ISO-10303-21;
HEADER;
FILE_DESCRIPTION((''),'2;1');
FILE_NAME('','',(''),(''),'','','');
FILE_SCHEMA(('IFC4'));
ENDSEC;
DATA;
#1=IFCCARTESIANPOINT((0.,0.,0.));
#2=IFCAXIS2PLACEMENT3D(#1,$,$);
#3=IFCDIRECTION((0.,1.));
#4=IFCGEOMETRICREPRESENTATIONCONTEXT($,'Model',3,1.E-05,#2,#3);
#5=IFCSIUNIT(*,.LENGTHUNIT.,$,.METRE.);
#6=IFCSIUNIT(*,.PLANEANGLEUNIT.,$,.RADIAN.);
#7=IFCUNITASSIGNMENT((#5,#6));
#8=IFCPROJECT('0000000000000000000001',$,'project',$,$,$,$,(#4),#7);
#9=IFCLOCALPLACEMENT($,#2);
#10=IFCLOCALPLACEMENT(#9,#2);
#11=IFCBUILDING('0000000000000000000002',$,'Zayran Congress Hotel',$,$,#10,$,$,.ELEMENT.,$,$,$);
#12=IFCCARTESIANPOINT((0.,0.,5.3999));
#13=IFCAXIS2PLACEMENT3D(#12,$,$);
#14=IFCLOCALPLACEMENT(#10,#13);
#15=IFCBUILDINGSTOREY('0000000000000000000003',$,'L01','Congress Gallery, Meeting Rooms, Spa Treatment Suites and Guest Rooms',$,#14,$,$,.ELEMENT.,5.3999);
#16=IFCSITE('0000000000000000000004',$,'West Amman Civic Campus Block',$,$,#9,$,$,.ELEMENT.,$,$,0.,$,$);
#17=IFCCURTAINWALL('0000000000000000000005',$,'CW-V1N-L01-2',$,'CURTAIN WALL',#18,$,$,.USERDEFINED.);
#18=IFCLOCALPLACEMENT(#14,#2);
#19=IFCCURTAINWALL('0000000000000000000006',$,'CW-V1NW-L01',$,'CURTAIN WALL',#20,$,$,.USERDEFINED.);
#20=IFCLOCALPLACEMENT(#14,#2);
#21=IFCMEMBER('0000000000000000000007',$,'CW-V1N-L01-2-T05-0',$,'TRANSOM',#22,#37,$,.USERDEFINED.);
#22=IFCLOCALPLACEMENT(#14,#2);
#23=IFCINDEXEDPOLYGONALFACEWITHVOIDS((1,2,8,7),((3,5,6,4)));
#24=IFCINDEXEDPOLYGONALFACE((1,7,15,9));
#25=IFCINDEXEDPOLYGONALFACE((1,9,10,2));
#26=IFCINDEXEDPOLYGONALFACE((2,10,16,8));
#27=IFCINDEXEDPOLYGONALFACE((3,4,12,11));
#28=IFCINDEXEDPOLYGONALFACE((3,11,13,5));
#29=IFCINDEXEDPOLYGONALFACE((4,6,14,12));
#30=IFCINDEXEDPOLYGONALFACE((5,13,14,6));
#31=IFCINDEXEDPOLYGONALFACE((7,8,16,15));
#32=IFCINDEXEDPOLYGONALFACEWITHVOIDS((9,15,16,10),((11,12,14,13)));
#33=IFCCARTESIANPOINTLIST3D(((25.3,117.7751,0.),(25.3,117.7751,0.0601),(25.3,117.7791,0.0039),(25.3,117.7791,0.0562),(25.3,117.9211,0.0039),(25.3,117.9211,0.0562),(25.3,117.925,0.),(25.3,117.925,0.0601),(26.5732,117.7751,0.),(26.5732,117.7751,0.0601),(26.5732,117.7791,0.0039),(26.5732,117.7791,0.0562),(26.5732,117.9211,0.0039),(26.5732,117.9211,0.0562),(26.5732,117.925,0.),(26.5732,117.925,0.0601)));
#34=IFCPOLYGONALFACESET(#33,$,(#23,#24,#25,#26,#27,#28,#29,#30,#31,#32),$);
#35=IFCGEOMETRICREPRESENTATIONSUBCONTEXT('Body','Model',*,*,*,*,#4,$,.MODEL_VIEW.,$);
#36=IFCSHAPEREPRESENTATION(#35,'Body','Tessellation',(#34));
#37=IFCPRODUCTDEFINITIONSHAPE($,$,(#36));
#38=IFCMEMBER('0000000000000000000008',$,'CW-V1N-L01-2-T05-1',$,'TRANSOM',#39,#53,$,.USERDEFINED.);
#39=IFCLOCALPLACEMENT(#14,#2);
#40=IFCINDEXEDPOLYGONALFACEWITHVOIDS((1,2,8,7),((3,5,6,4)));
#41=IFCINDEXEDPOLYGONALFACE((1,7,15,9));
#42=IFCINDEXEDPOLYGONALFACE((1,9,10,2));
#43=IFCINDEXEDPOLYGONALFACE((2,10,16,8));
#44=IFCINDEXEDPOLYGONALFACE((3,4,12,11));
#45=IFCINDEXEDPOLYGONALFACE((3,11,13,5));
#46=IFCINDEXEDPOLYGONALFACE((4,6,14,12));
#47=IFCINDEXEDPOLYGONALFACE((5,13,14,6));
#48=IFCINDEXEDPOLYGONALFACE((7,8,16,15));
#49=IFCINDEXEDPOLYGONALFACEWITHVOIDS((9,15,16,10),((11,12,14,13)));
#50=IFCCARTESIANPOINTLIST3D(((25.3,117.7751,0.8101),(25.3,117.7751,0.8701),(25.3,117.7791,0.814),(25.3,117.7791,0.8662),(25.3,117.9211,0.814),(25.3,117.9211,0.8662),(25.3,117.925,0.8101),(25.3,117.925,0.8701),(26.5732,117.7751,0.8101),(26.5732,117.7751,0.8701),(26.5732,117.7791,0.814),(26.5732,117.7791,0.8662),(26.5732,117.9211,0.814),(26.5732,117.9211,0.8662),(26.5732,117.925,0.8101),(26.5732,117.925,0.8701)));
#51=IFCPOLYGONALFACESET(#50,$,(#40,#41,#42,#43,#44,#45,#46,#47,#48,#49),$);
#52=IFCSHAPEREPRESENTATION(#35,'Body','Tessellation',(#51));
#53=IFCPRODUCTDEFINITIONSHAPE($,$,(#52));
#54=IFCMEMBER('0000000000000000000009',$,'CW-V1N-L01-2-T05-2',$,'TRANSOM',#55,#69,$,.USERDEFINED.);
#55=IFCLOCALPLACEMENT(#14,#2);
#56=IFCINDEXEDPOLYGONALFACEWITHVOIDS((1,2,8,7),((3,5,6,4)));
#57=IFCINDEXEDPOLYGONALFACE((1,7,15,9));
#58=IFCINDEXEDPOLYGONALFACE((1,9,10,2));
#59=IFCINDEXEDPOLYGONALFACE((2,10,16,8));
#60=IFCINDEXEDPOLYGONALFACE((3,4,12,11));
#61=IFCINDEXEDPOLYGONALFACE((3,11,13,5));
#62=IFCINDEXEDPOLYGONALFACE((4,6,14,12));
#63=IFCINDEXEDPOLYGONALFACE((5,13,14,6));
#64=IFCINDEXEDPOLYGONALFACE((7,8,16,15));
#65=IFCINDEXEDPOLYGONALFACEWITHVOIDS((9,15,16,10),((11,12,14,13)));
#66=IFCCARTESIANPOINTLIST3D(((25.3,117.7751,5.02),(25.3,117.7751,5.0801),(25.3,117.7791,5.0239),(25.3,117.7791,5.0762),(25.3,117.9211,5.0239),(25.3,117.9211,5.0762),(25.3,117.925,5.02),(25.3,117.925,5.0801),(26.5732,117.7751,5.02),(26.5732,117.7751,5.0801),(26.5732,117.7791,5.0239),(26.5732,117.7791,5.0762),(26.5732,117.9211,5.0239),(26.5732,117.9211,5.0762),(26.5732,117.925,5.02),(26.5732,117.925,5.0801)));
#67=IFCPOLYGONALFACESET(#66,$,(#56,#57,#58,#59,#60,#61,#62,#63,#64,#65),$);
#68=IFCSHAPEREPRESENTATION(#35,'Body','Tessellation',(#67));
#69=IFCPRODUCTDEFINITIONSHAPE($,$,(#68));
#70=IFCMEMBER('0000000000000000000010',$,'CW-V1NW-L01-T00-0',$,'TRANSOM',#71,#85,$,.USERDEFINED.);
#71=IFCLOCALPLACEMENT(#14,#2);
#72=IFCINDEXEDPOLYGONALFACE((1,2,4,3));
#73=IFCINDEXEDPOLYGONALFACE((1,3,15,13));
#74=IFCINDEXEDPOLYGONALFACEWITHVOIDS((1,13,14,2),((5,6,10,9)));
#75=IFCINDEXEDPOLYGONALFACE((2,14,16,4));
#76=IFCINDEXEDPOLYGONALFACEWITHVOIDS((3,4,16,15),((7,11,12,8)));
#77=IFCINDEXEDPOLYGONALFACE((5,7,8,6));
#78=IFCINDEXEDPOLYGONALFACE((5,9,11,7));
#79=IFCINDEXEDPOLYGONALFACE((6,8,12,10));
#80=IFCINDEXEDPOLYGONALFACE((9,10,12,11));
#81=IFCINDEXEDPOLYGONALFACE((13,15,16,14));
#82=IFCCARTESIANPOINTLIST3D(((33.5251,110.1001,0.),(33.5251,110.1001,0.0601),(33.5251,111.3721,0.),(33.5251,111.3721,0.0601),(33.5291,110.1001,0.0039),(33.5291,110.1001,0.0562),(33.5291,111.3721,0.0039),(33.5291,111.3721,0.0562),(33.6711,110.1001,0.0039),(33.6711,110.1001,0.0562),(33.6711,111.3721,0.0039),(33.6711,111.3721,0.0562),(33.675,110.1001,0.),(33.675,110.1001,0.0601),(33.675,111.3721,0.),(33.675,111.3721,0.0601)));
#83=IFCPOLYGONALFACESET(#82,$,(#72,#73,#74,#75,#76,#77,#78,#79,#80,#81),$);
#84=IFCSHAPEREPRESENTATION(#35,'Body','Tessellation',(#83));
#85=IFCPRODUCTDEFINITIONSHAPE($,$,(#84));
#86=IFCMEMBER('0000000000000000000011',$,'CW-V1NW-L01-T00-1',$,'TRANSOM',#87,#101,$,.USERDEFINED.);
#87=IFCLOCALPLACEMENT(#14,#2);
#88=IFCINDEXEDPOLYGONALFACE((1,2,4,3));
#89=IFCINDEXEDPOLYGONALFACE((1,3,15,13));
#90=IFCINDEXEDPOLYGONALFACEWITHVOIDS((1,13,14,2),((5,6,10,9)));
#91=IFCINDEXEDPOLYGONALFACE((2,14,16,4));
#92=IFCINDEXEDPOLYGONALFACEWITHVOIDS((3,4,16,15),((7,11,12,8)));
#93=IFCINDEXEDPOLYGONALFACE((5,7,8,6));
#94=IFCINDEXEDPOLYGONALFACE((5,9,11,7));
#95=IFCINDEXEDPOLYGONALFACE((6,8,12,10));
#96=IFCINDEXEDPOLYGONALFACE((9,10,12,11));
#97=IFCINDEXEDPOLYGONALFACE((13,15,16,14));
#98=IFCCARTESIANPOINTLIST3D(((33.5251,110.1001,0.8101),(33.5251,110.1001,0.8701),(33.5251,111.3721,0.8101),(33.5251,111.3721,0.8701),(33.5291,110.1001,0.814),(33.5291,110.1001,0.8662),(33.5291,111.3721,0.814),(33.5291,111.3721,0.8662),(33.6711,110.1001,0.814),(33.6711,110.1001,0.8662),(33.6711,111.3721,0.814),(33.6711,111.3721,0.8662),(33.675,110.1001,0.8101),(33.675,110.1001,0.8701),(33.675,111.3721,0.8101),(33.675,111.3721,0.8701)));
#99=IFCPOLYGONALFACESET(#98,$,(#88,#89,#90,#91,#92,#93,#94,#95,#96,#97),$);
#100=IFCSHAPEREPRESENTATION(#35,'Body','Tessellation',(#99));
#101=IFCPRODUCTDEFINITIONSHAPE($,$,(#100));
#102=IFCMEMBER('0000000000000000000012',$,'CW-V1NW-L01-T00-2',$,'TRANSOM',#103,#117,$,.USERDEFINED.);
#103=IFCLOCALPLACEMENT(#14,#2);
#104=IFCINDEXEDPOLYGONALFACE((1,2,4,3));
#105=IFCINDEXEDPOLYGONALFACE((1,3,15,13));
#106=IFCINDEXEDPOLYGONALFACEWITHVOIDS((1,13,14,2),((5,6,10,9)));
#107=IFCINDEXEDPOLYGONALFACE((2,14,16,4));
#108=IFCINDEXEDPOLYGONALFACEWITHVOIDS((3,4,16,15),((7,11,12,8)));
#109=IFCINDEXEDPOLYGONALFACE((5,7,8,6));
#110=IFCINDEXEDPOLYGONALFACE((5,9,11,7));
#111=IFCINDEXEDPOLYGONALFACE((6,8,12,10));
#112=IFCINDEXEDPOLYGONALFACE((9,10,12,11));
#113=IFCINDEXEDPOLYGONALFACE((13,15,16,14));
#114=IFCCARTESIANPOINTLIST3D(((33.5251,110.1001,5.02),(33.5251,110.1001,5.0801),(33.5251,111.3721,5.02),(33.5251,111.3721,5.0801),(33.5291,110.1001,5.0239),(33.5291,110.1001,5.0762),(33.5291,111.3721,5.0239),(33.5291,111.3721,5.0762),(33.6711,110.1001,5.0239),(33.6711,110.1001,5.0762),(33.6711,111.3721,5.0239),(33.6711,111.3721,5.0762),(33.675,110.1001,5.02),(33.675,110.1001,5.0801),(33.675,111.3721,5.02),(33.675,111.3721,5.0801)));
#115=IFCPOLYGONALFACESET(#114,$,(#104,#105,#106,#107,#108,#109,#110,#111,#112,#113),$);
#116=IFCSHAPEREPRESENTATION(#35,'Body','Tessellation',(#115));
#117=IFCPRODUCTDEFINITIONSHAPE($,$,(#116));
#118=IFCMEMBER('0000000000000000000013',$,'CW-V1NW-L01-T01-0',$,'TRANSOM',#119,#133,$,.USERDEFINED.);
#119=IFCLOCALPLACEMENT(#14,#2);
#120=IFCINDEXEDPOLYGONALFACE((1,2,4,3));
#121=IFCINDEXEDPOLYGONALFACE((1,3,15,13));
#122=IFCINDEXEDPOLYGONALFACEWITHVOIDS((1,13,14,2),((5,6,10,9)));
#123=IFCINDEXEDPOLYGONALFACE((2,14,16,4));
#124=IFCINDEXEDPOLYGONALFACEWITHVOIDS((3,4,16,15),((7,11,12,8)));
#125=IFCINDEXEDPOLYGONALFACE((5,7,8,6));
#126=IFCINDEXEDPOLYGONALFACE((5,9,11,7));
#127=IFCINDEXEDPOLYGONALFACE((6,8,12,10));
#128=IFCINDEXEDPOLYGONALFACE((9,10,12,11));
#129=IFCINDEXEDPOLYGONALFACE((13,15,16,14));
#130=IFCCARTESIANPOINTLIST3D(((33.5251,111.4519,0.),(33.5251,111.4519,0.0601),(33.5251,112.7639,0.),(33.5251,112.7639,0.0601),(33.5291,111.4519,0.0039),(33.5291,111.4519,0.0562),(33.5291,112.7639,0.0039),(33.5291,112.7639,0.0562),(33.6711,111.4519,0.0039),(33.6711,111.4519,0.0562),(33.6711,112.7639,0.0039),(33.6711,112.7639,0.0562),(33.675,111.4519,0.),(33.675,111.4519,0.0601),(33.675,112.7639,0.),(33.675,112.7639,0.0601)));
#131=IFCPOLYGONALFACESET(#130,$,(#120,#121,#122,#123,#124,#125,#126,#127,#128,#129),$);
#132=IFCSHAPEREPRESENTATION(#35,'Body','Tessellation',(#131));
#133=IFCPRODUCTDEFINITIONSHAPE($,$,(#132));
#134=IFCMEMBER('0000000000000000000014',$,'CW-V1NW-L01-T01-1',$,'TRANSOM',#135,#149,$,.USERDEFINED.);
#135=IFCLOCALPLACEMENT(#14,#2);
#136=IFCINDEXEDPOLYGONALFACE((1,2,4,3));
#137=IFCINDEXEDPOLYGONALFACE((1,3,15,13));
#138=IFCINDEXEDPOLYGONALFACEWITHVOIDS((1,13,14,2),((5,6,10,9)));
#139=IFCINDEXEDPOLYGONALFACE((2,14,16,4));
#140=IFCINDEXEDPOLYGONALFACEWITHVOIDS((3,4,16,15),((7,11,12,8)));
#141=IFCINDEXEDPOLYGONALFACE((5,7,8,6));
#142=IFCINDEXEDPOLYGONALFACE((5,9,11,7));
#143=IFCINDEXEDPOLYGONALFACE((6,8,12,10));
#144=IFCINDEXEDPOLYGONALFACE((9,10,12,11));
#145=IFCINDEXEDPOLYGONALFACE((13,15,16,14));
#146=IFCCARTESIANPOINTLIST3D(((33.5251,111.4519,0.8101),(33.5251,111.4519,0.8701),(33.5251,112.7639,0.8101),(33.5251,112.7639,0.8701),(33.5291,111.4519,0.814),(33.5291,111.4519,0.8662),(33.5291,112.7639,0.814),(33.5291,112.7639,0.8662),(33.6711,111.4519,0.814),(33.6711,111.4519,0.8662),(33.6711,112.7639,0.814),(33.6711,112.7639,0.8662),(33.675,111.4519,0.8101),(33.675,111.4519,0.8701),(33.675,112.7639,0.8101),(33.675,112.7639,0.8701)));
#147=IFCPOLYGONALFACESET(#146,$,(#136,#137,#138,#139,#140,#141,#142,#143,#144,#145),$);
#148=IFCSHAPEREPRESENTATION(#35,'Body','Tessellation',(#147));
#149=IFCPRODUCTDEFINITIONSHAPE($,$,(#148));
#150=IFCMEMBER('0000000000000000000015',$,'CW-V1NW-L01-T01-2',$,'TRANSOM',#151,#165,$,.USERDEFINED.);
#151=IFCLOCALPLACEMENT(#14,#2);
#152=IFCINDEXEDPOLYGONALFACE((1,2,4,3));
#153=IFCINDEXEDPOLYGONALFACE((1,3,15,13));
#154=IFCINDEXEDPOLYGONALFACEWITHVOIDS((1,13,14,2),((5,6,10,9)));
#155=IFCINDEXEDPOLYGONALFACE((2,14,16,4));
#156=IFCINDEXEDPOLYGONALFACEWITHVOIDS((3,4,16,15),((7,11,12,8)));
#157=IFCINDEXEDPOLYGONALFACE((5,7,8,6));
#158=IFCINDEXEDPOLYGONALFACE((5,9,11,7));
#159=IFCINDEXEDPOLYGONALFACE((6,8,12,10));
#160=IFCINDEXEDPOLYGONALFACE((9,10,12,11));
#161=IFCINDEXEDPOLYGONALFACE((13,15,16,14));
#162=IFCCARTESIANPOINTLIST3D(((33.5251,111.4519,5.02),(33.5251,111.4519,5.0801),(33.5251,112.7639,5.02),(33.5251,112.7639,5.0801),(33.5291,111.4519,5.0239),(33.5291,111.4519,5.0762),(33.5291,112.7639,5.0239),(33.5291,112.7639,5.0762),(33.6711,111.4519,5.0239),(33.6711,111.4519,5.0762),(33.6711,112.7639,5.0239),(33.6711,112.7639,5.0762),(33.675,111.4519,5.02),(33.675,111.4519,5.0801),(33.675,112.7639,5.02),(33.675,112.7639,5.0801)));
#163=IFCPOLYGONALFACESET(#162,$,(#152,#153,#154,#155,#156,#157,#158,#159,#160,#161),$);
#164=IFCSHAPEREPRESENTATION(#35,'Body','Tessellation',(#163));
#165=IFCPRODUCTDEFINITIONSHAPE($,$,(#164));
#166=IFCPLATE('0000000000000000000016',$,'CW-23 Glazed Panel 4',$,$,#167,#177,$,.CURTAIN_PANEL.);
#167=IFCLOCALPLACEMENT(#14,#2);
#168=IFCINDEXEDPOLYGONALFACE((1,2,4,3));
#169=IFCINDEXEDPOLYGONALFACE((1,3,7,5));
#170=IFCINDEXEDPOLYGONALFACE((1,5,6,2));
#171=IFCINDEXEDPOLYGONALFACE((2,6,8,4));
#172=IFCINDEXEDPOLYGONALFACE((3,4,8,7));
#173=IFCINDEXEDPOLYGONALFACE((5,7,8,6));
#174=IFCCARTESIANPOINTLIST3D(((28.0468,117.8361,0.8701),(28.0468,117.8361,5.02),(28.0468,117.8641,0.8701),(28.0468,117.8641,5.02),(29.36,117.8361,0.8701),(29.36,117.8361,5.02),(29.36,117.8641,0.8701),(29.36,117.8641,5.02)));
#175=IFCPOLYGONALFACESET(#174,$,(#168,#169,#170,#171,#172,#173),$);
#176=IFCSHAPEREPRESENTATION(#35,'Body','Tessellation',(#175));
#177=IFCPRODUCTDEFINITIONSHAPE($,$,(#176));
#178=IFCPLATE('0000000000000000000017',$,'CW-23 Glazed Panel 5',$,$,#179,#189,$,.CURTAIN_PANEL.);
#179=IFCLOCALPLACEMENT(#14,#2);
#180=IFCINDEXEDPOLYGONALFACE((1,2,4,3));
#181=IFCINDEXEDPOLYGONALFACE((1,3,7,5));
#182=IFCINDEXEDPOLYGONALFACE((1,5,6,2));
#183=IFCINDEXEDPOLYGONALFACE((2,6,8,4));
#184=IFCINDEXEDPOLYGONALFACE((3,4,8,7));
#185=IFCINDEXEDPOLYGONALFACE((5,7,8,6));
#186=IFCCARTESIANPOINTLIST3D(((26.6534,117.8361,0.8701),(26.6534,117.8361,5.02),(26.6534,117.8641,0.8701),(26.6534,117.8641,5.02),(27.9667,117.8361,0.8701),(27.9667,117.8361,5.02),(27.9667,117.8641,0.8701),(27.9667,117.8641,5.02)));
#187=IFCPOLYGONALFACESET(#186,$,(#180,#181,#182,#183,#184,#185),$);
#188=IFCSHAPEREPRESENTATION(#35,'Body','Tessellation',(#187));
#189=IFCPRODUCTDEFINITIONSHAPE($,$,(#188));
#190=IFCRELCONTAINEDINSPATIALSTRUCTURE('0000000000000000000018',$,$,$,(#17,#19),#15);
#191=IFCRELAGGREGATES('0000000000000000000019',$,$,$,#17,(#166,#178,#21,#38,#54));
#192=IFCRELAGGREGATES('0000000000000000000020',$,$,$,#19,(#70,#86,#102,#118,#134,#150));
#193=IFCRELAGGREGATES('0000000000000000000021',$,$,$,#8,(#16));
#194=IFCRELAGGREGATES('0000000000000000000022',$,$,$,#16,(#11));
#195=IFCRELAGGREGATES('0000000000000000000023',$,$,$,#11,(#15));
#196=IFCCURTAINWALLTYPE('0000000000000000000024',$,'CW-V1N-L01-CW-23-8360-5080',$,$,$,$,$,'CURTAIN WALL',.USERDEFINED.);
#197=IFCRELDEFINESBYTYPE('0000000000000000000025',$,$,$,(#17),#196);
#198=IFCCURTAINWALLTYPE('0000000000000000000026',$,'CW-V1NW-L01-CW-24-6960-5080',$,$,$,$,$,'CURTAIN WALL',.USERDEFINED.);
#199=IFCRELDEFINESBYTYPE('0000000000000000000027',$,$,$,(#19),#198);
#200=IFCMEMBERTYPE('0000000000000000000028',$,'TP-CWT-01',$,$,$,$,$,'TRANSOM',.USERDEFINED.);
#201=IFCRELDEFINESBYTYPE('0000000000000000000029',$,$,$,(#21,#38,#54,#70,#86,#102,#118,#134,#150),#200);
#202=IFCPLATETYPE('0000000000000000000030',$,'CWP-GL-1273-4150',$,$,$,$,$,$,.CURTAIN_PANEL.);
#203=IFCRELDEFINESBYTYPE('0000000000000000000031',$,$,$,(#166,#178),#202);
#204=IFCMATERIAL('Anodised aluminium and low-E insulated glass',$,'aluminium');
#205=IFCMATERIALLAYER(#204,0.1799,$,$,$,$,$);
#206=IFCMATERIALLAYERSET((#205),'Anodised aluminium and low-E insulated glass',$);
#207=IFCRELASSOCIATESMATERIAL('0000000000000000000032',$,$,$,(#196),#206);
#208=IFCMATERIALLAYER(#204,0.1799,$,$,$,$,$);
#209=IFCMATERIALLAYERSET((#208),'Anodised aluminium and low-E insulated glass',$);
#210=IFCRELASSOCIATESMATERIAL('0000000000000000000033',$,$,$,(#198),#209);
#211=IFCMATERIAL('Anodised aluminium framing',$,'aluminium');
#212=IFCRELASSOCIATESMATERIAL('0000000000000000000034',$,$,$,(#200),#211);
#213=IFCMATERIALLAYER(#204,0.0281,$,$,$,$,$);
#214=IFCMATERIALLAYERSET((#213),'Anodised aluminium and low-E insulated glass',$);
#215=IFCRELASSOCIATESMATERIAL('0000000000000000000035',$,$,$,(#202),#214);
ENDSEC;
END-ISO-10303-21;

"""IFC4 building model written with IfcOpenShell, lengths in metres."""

from ifc_helpers import new_model, si_unit, direction, frame, origin, origin_2d, place, context, subcontext, project, spatial, rectangle, hollow_rectangle, extrude, material, layer, layer_set, material_profile, profile_set, type_object, element, aggregate, save


model = new_model("IFC4")

# Units and contexts
model_context = context("Model", 3, precision=1e-05, world=origin(), true_north=direction((0.0, 1.0)))
body_context = subcontext(model_context, "Body", "Model", "MODEL_VIEW")
ifc_project = project(units=[si_unit("LENGTHUNIT", "METRE"), si_unit("PLANEANGLEUNIT", "RADIAN")], contexts=[model_context])

# Site, building, storey
site_placement = place(None, origin())
site = spatial("IfcSite", under=ifc_project, at=site_placement, Name="West Amman Civic Campus Block", CompositionType="ELEMENT", RefElevation=0.0)
building_placement = place(site_placement, origin())
building = spatial("IfcBuilding", under=site, at=building_placement, Name="Zayran Congress Hotel", CompositionType="ELEMENT")
storey_placement = place(building_placement, frame((0.0, 0.0, 5.3999)))
storey = spatial("IfcBuildingStorey", under=building, at=storey_placement, Name="L01", Description="Congress Gallery, Meeting Rooms, Spa Treatment Suites and Guest Rooms", CompositionType="ELEMENT", Elevation=5.3999)

# Curtain walls
ifc_material_1 = material(Name="Anodised aluminium and low-E insulated glass", Category="aluminium")
ifc_layer_1 = layer(ifc_material_1, 0.1799)
ifc_layer_set_1 = layer_set([ifc_layer_1], Name="Anodised aluminium and low-E insulated glass")
curtain_wall_type_1 = type_object("IfcCurtainWallType", Name="CW-V1N-L01-CW-23-8360-5080", ElementType="CURTAIN WALL", PredefinedType="USERDEFINED", material=ifc_layer_set_1)
curtain_wall_1_placement = place(storey_placement, origin())
curtain_wall_1 = element("IfcCurtainWall", 1, at=curtain_wall_1_placement, inside=storey, type_object=curtain_wall_type_1, Name="CW-V1N-L01-2", ObjectType="CURTAIN WALL", PredefinedType="USERDEFINED")
ifc_material_2 = material(Name="Anodised aluminium framing", Category="aluminium")
ifc_layer_2 = layer(ifc_material_1, 0.1799)
ifc_layer_set_2 = layer_set([ifc_layer_2], Name="Anodised aluminium and low-E insulated glass")
curtain_wall_type_2 = type_object("IfcCurtainWallType", Name="CW-V1NW-L01-CW-24-6960-5080", ElementType="CURTAIN WALL", PredefinedType="USERDEFINED", material=ifc_layer_set_2)
curtain_wall_2_placement = place(storey_placement, origin())
curtain_wall_2 = element("IfcCurtainWall", 2, at=curtain_wall_2_placement, inside=storey, type_object=curtain_wall_type_2, Name="CW-V1NW-L01", ObjectType="CURTAIN WALL", PredefinedType="USERDEFINED")

# Members
ifc_material_profile_1 = material_profile(ifc_material_2, hollow_rectangle(XDim=0.0601, YDim=0.1499, WallThickness=0.0039, at=origin_2d()), Name="RHS 150x60x4")
ifc_profile_set_1 = profile_set([ifc_material_profile_1], Name="Anodised aluminium framing")
member_type_1 = type_object("IfcMemberType", Name="TP-CWT-01", ElementType="TRANSOM", PredefinedType="USERDEFINED", material=ifc_profile_set_1)
member_1_placement = place(storey_placement, frame((26.5732, 117.8501, 0.03), z_axis=(-1.0, 0.0, 0.0), x_axis=(0.0, 0.0, 1.0)))
member_1 = element("IfcMember", 3, at=member_1_placement, type_object=member_type_1, Name="CW-V1N-L01-2-T05-0", ObjectType="TRANSOM", PredefinedType="USERDEFINED", context=body_context, shape_type="SweptSolid", body=[
    extrude(hollow_rectangle(XDim=0.0601, YDim=0.1499, WallThickness=0.0039, at=origin_2d()), origin(), (0.0, 0.0, 1.0), 1.2732),
])
member_2_placement = place(storey_placement, frame((26.5732, 117.8501, 0.8401), z_axis=(-1.0, 0.0, 0.0), x_axis=(0.0, 0.0, 1.0)))
member_2 = element("IfcMember", 4, at=member_2_placement, type_object=member_type_1, Name="CW-V1N-L01-2-T05-1", ObjectType="TRANSOM", PredefinedType="USERDEFINED", context=body_context, shape_type="SweptSolid", body=[
    extrude(hollow_rectangle(XDim=0.0601, YDim=0.1499, WallThickness=0.0039, at=origin_2d()), origin(), (0.0, 0.0, 1.0), 1.2732),
])
member_3_placement = place(storey_placement, frame((26.5732, 117.8501, 5.05), z_axis=(-1.0, 0.0, 0.0), x_axis=(0.0, 0.0, 1.0)))
member_3 = element("IfcMember", 5, at=member_3_placement, type_object=member_type_1, Name="CW-V1N-L01-2-T05-2", ObjectType="TRANSOM", PredefinedType="USERDEFINED", context=body_context, shape_type="SweptSolid", body=[
    extrude(hollow_rectangle(XDim=0.0601, YDim=0.1499, WallThickness=0.0039, at=origin_2d()), origin(), (0.0, 0.0, 1.0), 1.2732),
])
member_4_placement = place(storey_placement, frame((33.6001, 110.1001, 0.03), z_axis=(0.0, 1.0, 0.0), x_axis=(0.0, 0.0, 1.0)))
member_4 = element("IfcMember", 6, at=member_4_placement, type_object=member_type_1, Name="CW-V1NW-L01-T00-0", ObjectType="TRANSOM", PredefinedType="USERDEFINED", context=body_context, shape_type="SweptSolid", body=[
    extrude(hollow_rectangle(XDim=0.0601, YDim=0.1499, WallThickness=0.0039, at=origin_2d()), origin(), (0.0, 0.0, 1.0), 1.272),
])
member_5_placement = place(storey_placement, frame((33.6001, 110.1001, 0.8401), z_axis=(0.0, 1.0, 0.0), x_axis=(0.0, 0.0, 1.0)))
member_5 = element("IfcMember", 7, at=member_5_placement, type_object=member_type_1, Name="CW-V1NW-L01-T00-1", ObjectType="TRANSOM", PredefinedType="USERDEFINED", context=body_context, shape_type="SweptSolid", body=[
    extrude(hollow_rectangle(XDim=0.0601, YDim=0.1499, WallThickness=0.0039, at=origin_2d()), origin(), (0.0, 0.0, 1.0), 1.272),
])
member_6_placement = place(storey_placement, frame((33.6001, 110.1001, 5.05), z_axis=(0.0, 1.0, 0.0), x_axis=(0.0, 0.0, 1.0)))
member_6 = element("IfcMember", 8, at=member_6_placement, type_object=member_type_1, Name="CW-V1NW-L01-T00-2", ObjectType="TRANSOM", PredefinedType="USERDEFINED", context=body_context, shape_type="SweptSolid", body=[
    extrude(hollow_rectangle(XDim=0.0601, YDim=0.1499, WallThickness=0.0039, at=origin_2d()), origin(), (0.0, 0.0, 1.0), 1.272),
])
member_7_placement = place(storey_placement, frame((33.6001, 111.4519, 0.03), z_axis=(0.0, 1.0, 0.0), x_axis=(0.0, 0.0, 1.0)))
member_7 = element("IfcMember", 9, at=member_7_placement, type_object=member_type_1, Name="CW-V1NW-L01-T01-0", ObjectType="TRANSOM", PredefinedType="USERDEFINED", context=body_context, shape_type="SweptSolid", body=[
    extrude(hollow_rectangle(XDim=0.0601, YDim=0.1499, WallThickness=0.0039, at=origin_2d()), origin(), (0.0, 0.0, 1.0), 1.312),
])
member_8_placement = place(storey_placement, frame((33.6001, 111.4519, 0.8401), z_axis=(0.0, 1.0, 0.0), x_axis=(0.0, 0.0, 1.0)))
member_8 = element("IfcMember", 10, at=member_8_placement, type_object=member_type_1, Name="CW-V1NW-L01-T01-1", ObjectType="TRANSOM", PredefinedType="USERDEFINED", context=body_context, shape_type="SweptSolid", body=[
    extrude(hollow_rectangle(XDim=0.0601, YDim=0.1499, WallThickness=0.0039, at=origin_2d()), origin(), (0.0, 0.0, 1.0), 1.312),
])
member_9_placement = place(storey_placement, frame((33.6001, 111.4519, 5.05), z_axis=(0.0, 1.0, 0.0), x_axis=(0.0, 0.0, 1.0)))
member_9 = element("IfcMember", 11, at=member_9_placement, type_object=member_type_1, Name="CW-V1NW-L01-T01-2", ObjectType="TRANSOM", PredefinedType="USERDEFINED", context=body_context, shape_type="SweptSolid", body=[
    extrude(hollow_rectangle(XDim=0.0601, YDim=0.1499, WallThickness=0.0039, at=origin_2d()), origin(), (0.0, 0.0, 1.0), 1.312),
])

# Plates
ifc_layer_3 = layer(ifc_material_1, 0.0281)
ifc_layer_set_3 = layer_set([ifc_layer_3], Name="Anodised aluminium and low-E insulated glass")
plate_type_1 = type_object("IfcPlateType", Name="CWP-GL-1273-4150", PredefinedType="CURTAIN_PANEL", material=ifc_layer_set_3)
plate_1_placement = place(storey_placement, frame((28.7034, 117.8501, 0.8701), z_axis=(0.0, 0.0, 1.0), x_axis=(1.0, 0.0, 0.0)))
plate_1 = element("IfcPlate", 12, at=plate_1_placement, type_object=plate_type_1, Name="CW-23 Glazed Panel 4", PredefinedType="CURTAIN_PANEL", context=body_context, shape_type="SweptSolid", body=[
    extrude(rectangle(XDim=1.3132, YDim=0.0281, at=origin_2d()), origin(), (0.0, 0.0, 1.0), 4.1499),
])
plate_2_placement = place(storey_placement, frame((27.3101, 117.8501, 0.8701), z_axis=(0.0, 0.0, 1.0), x_axis=(1.0, 0.0, 0.0)))
plate_2 = element("IfcPlate", 13, at=plate_2_placement, type_object=plate_type_1, Name="CW-23 Glazed Panel 5", PredefinedType="CURTAIN_PANEL", context=body_context, shape_type="SweptSolid", body=[
    extrude(rectangle(XDim=1.3132, YDim=0.0281, at=origin_2d()), origin(), (0.0, 0.0, 1.0), 4.1499),
])
aggregate(curtain_wall_1, [plate_1, plate_2, member_1, member_2, member_3])
aggregate(curtain_wall_2, [member_4, member_5, member_6, member_7, member_8, member_9])

save(model, "model.ifc")
